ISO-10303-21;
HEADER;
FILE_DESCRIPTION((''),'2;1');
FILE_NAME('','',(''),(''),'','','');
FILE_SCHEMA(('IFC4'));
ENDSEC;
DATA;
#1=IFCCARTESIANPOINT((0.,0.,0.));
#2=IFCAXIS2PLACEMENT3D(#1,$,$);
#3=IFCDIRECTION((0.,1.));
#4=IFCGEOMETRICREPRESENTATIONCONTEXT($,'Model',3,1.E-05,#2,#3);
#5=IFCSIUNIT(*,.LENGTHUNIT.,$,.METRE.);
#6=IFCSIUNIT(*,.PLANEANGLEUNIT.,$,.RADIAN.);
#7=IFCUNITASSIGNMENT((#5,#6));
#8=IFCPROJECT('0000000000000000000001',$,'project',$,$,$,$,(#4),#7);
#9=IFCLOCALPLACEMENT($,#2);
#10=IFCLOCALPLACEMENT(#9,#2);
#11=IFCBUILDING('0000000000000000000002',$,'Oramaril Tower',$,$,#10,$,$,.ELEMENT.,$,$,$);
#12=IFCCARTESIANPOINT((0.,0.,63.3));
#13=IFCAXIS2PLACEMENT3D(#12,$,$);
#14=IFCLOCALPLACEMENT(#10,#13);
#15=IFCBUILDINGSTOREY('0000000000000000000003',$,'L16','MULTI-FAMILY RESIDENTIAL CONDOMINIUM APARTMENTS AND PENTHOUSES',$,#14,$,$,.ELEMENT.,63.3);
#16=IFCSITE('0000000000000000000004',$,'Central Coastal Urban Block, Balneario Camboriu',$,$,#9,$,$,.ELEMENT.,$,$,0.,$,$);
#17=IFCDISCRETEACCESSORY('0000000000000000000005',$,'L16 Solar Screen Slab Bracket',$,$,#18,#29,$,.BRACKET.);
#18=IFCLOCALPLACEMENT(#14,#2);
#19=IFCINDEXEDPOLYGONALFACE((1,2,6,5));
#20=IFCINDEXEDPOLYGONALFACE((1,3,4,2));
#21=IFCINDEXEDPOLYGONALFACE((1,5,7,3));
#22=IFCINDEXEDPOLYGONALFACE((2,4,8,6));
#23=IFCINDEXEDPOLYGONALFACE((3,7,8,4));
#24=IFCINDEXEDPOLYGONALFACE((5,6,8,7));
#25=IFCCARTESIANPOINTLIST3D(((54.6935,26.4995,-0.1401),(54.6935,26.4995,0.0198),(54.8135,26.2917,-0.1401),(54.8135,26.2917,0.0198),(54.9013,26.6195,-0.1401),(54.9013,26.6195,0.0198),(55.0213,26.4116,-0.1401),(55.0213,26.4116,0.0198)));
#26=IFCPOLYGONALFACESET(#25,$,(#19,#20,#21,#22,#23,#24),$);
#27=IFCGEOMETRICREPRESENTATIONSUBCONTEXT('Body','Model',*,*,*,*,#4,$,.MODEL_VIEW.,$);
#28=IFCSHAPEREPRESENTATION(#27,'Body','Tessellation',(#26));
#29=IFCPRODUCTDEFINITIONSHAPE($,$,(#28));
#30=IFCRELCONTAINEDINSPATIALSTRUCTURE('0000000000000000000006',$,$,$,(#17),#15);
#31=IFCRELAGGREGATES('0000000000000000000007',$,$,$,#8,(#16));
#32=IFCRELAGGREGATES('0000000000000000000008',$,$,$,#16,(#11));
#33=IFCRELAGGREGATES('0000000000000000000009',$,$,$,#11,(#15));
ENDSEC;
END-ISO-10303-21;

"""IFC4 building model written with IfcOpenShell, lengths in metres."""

from ifc_helpers import new_model, si_unit, direction, frame, origin, origin_2d, place, context, subcontext, project, spatial, rectangle, extrude, element, save


model = new_model("IFC4")

# Units and contexts
model_context = context("Model", 3, precision=1e-05, world=origin(), true_north=direction((0.0, 1.0)))
body_context = subcontext(model_context, "Body", "Model", "MODEL_VIEW")
ifc_project = project(units=[si_unit("LENGTHUNIT", "METRE"), si_unit("PLANEANGLEUNIT", "RADIAN")], contexts=[model_context])

# Site, building, storey
site_placement = place(None, origin())
site = spatial("IfcSite", under=ifc_project, at=site_placement, Name="Central Coastal Urban Block, Balneario Camboriu", CompositionType="ELEMENT", RefElevation=0.0)
building_placement = place(site_placement, origin())
building = spatial("IfcBuilding", under=site, at=building_placement, Name="Oramaril Tower", CompositionType="ELEMENT")
storey_placement = place(building_placement, frame((0.0, 0.0, 63.3)))
storey = spatial("IfcBuildingStorey", under=building, at=storey_placement, Name="L16", Description="MULTI-FAMILY RESIDENTIAL CONDOMINIUM APARTMENTS AND PENTHOUSES", CompositionType="ELEMENT", Elevation=63.3)

# Discrete accessory
discrete_accessory_placement = place(storey_placement, frame((54.8574, 26.4556, -0.1401), z_axis=(0.0, 0.0, 1.0), x_axis=(-0.499998, 0.866026, 0.0)))
element("IfcDiscreteAccessory", 1, at=discrete_accessory_placement, inside=storey, Name="L16 Solar Screen Slab Bracket", PredefinedType="BRACKET", context=body_context, shape_type="SweptSolid", body=[
    extrude(rectangle(XDim=0.24, YDim=0.24, at=origin_2d()), origin(), (0.0, 0.0, 1.0), 0.1599),
])

save(model, "model.ifc")
